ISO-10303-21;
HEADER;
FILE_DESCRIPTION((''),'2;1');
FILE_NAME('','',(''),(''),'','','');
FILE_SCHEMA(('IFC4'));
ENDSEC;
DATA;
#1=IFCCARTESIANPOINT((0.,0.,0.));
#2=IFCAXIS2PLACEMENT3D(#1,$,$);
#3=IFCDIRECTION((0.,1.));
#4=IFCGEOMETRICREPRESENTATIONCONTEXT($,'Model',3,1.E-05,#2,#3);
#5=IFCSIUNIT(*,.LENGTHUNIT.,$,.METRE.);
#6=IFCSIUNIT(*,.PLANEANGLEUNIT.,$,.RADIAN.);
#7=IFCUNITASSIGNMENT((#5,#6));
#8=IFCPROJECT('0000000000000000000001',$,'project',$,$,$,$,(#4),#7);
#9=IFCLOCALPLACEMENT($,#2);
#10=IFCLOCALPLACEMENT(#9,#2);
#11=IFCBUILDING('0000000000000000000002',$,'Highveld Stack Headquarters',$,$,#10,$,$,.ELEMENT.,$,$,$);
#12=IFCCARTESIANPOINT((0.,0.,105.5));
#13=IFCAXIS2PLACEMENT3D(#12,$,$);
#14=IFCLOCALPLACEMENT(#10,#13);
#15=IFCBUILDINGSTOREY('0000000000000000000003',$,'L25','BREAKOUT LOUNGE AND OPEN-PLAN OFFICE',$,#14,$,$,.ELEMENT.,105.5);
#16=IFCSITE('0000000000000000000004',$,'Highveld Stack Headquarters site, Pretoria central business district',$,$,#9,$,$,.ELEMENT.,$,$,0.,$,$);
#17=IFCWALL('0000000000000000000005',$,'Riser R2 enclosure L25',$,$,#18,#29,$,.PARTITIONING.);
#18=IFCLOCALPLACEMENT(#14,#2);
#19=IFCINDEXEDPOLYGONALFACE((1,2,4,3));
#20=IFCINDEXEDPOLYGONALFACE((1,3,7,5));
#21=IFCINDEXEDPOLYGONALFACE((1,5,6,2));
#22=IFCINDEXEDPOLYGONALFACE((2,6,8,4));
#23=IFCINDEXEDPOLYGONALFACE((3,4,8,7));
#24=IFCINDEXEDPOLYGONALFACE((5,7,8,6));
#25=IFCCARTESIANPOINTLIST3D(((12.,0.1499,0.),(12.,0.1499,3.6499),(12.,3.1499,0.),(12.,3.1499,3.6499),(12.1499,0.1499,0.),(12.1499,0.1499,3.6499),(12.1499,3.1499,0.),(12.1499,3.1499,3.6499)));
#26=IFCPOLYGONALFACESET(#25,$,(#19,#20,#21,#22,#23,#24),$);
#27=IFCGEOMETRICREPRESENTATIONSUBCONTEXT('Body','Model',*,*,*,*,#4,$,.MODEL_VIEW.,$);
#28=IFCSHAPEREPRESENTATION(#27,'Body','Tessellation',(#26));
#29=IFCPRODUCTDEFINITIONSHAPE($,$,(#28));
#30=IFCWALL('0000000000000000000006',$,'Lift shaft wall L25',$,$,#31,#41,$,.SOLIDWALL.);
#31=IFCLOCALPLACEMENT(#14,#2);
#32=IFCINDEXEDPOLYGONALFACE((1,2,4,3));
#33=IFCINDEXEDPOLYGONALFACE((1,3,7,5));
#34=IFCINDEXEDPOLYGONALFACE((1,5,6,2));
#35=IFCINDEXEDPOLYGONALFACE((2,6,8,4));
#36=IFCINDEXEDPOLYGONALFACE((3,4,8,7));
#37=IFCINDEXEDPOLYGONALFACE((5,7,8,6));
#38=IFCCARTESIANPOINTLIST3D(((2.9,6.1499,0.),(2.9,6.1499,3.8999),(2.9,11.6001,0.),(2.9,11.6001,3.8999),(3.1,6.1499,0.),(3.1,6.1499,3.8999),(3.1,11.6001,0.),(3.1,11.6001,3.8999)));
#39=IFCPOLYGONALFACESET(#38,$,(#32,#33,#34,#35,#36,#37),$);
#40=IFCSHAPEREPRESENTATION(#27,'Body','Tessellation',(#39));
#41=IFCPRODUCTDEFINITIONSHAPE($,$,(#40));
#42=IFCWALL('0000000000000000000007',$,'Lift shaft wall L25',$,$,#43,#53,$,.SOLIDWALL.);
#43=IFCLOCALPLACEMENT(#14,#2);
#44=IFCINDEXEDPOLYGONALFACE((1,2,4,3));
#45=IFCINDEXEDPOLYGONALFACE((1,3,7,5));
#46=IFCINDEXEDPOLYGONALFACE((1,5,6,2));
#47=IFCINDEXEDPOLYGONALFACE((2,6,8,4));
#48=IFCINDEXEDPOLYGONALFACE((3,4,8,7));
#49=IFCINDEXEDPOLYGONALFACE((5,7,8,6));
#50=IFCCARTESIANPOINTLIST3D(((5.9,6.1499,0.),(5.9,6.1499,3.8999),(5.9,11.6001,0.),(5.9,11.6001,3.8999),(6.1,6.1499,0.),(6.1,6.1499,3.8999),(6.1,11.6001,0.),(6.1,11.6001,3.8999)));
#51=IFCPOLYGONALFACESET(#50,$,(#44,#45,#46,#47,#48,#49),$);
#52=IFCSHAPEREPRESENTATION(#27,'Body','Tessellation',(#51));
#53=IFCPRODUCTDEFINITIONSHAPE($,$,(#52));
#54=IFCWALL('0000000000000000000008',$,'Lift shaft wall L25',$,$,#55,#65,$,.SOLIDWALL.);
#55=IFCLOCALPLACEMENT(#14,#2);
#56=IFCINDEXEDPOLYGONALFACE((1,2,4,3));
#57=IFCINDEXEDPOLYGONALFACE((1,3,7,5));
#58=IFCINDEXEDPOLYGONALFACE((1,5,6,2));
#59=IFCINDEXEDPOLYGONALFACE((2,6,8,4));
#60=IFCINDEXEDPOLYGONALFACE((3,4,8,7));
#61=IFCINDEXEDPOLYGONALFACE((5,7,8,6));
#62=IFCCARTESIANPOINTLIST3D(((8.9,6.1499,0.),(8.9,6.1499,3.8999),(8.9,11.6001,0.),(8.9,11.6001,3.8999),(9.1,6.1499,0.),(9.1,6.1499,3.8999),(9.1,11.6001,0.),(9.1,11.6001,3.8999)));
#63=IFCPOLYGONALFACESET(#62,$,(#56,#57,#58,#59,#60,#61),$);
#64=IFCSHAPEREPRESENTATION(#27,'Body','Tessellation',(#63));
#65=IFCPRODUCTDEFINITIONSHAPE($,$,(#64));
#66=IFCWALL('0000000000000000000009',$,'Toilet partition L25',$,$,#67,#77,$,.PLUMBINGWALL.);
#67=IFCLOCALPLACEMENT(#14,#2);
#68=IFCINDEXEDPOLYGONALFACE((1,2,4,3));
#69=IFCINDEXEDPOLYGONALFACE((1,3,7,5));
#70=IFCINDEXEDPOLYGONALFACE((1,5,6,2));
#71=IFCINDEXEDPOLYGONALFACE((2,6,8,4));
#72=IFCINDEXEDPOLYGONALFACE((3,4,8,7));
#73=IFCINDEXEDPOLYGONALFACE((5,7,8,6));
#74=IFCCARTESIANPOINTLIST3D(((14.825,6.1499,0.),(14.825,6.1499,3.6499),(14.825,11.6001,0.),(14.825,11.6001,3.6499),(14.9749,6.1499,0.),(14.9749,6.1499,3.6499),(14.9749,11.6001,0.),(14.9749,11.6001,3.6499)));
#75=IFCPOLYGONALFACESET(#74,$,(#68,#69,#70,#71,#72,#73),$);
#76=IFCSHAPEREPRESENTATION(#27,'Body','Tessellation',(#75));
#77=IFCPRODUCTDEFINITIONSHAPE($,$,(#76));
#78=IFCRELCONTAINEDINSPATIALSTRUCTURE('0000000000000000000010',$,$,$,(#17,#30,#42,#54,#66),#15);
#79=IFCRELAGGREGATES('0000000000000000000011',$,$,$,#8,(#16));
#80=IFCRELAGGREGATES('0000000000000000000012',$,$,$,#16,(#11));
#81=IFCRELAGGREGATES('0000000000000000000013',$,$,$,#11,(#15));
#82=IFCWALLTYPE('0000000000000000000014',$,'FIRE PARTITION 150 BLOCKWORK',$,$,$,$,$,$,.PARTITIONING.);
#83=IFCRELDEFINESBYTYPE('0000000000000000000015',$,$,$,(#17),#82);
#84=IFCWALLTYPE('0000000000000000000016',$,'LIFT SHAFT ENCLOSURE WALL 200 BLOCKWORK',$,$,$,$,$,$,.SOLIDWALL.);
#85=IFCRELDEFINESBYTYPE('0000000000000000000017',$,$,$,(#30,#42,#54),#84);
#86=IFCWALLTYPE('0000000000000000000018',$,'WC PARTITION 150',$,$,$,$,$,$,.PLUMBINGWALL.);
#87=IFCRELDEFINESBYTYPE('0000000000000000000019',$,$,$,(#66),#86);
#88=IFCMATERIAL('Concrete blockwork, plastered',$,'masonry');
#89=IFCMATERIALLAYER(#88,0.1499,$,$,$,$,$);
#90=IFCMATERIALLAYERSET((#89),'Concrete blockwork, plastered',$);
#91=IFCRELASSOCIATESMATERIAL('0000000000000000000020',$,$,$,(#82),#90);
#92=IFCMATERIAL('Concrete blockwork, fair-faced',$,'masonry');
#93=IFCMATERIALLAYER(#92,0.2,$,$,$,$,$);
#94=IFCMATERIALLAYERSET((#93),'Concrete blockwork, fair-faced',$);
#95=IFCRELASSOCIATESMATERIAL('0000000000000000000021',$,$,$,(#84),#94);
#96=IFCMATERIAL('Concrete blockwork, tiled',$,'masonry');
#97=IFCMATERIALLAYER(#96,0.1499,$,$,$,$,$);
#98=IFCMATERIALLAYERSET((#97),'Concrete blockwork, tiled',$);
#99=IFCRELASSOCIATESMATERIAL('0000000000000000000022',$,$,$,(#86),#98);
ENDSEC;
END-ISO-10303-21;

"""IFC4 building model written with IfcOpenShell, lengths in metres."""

from ifc_helpers import new_model, si_unit, direction, frame, frame_2d, origin, place, context, subcontext, project, spatial, rectangle, extrude, material, layer, layer_set, type_object, element, save


model = new_model("IFC4")

# Units and contexts
model_context = context("Model", 3, precision=1e-05, world=origin(), true_north=direction((0.0, 1.0)))
body_context = subcontext(model_context, "Body", "Model", "MODEL_VIEW")
ifc_project = project(units=[si_unit("LENGTHUNIT", "METRE"), si_unit("PLANEANGLEUNIT", "RADIAN")], contexts=[model_context])

# Site, building, storey
site_placement = place(None, origin())
site = spatial("IfcSite", under=ifc_project, at=site_placement, Name="Highveld Stack Headquarters site, Pretoria central business district", CompositionType="ELEMENT", RefElevation=0.0)
building_placement = place(site_placement, origin())
building = spatial("IfcBuilding", under=site, at=building_placement, Name="Highveld Stack Headquarters", CompositionType="ELEMENT")
storey_placement = place(building_placement, frame((0.0, 0.0, 105.5)))
storey = spatial("IfcBuildingStorey", under=building, at=storey_placement, Name="L25", Description="BREAKOUT LOUNGE AND OPEN-PLAN OFFICE", CompositionType="ELEMENT", Elevation=105.5)

# Shared definitions
ifc_material_1 = material(Name="Concrete blockwork, plastered", Category="masonry")
ifc_layer_1 = layer(ifc_material_1, 0.1499)
ifc_layer_set_1 = layer_set([ifc_layer_1], Name="Concrete blockwork, plastered")
wall_type_1 = type_object("IfcWallType", Name="FIRE PARTITION 150 BLOCKWORK", PredefinedType="PARTITIONING", material=ifc_layer_set_1)

# Walls
wall_1_placement = place(storey_placement, frame((12.075, 0.1499, 0.0), z_axis=(0.0, 0.0, 1.0), x_axis=(0.0, 1.0, 0.0)))
element("IfcWall", 1, at=wall_1_placement, inside=storey, type_object=wall_type_1, Name="Riser R2 enclosure L25", PredefinedType="PARTITIONING", context=body_context, shape_type="SweptSolid", body=[
    extrude(rectangle(XDim=3.0, YDim=0.1499, at=frame_2d((1.5, 0.0))), origin(), (0.0, 0.0, 1.0), 3.6499),
])
ifc_material_2 = material(Name="Concrete blockwork, fair-faced", Category="masonry")
ifc_layer_2 = layer(ifc_material_2, 0.2)
ifc_layer_set_2 = layer_set([ifc_layer_2], Name="Concrete blockwork, fair-faced")
wall_type_2 = type_object("IfcWallType", Name="LIFT SHAFT ENCLOSURE WALL 200 BLOCKWORK", PredefinedType="SOLIDWALL", material=ifc_layer_set_2)
for number, where, z_axis, x_axis, name in (
    (2, (3.0, 6.1499, 0.0), (0.0, 0.0, 1.0), (0.0, 1.0, 0.0), "Lift shaft wall L25"),
    (3, (6.0, 6.1499, 0.0), (0.0, 0.0, 1.0), (0.0, 1.0, 0.0), "Lift shaft wall L25"),
    (4, (9.0, 6.1499, 0.0), (0.0, 0.0, 1.0), (0.0, 1.0, 0.0), "Lift shaft wall L25"),
):
    element("IfcWall", number, at=place(storey_placement, frame(where, z_axis=z_axis, x_axis=x_axis)), inside=storey, type_object=wall_type_2, Name=name, PredefinedType="SOLIDWALL", context=body_context, shape_type="SweptSolid", body=[
        extrude(rectangle(XDim=5.4502, YDim=0.2, at=frame_2d((2.7251, 0.0))), origin(), (0.0, 0.0, 1.0), 3.8999),
    ])
ifc_material_3 = material(Name="Concrete blockwork, tiled", Category="masonry")
ifc_layer_3 = layer(ifc_material_3, 0.1499)
ifc_layer_set_3 = layer_set([ifc_layer_3], Name="Concrete blockwork, tiled")
wall_type_3 = type_object("IfcWallType", Name="WC PARTITION 150", PredefinedType="PLUMBINGWALL", material=ifc_layer_set_3)
wall_2_placement = place(storey_placement, frame((14.8999, 6.1499, 0.0), z_axis=(0.0, 0.0, 1.0), x_axis=(0.0, 1.0, 0.0)))
element("IfcWall", 5, at=wall_2_placement, inside=storey, type_object=wall_type_3, Name="Toilet partition L25", PredefinedType="PLUMBINGWALL", context=body_context, shape_type="SweptSolid", body=[
    extrude(rectangle(XDim=5.4502, YDim=0.1499, at=frame_2d((2.7251, 0.0))), origin(), (0.0, 0.0, 1.0), 3.6499),
])

save(model, "model.ifc")
